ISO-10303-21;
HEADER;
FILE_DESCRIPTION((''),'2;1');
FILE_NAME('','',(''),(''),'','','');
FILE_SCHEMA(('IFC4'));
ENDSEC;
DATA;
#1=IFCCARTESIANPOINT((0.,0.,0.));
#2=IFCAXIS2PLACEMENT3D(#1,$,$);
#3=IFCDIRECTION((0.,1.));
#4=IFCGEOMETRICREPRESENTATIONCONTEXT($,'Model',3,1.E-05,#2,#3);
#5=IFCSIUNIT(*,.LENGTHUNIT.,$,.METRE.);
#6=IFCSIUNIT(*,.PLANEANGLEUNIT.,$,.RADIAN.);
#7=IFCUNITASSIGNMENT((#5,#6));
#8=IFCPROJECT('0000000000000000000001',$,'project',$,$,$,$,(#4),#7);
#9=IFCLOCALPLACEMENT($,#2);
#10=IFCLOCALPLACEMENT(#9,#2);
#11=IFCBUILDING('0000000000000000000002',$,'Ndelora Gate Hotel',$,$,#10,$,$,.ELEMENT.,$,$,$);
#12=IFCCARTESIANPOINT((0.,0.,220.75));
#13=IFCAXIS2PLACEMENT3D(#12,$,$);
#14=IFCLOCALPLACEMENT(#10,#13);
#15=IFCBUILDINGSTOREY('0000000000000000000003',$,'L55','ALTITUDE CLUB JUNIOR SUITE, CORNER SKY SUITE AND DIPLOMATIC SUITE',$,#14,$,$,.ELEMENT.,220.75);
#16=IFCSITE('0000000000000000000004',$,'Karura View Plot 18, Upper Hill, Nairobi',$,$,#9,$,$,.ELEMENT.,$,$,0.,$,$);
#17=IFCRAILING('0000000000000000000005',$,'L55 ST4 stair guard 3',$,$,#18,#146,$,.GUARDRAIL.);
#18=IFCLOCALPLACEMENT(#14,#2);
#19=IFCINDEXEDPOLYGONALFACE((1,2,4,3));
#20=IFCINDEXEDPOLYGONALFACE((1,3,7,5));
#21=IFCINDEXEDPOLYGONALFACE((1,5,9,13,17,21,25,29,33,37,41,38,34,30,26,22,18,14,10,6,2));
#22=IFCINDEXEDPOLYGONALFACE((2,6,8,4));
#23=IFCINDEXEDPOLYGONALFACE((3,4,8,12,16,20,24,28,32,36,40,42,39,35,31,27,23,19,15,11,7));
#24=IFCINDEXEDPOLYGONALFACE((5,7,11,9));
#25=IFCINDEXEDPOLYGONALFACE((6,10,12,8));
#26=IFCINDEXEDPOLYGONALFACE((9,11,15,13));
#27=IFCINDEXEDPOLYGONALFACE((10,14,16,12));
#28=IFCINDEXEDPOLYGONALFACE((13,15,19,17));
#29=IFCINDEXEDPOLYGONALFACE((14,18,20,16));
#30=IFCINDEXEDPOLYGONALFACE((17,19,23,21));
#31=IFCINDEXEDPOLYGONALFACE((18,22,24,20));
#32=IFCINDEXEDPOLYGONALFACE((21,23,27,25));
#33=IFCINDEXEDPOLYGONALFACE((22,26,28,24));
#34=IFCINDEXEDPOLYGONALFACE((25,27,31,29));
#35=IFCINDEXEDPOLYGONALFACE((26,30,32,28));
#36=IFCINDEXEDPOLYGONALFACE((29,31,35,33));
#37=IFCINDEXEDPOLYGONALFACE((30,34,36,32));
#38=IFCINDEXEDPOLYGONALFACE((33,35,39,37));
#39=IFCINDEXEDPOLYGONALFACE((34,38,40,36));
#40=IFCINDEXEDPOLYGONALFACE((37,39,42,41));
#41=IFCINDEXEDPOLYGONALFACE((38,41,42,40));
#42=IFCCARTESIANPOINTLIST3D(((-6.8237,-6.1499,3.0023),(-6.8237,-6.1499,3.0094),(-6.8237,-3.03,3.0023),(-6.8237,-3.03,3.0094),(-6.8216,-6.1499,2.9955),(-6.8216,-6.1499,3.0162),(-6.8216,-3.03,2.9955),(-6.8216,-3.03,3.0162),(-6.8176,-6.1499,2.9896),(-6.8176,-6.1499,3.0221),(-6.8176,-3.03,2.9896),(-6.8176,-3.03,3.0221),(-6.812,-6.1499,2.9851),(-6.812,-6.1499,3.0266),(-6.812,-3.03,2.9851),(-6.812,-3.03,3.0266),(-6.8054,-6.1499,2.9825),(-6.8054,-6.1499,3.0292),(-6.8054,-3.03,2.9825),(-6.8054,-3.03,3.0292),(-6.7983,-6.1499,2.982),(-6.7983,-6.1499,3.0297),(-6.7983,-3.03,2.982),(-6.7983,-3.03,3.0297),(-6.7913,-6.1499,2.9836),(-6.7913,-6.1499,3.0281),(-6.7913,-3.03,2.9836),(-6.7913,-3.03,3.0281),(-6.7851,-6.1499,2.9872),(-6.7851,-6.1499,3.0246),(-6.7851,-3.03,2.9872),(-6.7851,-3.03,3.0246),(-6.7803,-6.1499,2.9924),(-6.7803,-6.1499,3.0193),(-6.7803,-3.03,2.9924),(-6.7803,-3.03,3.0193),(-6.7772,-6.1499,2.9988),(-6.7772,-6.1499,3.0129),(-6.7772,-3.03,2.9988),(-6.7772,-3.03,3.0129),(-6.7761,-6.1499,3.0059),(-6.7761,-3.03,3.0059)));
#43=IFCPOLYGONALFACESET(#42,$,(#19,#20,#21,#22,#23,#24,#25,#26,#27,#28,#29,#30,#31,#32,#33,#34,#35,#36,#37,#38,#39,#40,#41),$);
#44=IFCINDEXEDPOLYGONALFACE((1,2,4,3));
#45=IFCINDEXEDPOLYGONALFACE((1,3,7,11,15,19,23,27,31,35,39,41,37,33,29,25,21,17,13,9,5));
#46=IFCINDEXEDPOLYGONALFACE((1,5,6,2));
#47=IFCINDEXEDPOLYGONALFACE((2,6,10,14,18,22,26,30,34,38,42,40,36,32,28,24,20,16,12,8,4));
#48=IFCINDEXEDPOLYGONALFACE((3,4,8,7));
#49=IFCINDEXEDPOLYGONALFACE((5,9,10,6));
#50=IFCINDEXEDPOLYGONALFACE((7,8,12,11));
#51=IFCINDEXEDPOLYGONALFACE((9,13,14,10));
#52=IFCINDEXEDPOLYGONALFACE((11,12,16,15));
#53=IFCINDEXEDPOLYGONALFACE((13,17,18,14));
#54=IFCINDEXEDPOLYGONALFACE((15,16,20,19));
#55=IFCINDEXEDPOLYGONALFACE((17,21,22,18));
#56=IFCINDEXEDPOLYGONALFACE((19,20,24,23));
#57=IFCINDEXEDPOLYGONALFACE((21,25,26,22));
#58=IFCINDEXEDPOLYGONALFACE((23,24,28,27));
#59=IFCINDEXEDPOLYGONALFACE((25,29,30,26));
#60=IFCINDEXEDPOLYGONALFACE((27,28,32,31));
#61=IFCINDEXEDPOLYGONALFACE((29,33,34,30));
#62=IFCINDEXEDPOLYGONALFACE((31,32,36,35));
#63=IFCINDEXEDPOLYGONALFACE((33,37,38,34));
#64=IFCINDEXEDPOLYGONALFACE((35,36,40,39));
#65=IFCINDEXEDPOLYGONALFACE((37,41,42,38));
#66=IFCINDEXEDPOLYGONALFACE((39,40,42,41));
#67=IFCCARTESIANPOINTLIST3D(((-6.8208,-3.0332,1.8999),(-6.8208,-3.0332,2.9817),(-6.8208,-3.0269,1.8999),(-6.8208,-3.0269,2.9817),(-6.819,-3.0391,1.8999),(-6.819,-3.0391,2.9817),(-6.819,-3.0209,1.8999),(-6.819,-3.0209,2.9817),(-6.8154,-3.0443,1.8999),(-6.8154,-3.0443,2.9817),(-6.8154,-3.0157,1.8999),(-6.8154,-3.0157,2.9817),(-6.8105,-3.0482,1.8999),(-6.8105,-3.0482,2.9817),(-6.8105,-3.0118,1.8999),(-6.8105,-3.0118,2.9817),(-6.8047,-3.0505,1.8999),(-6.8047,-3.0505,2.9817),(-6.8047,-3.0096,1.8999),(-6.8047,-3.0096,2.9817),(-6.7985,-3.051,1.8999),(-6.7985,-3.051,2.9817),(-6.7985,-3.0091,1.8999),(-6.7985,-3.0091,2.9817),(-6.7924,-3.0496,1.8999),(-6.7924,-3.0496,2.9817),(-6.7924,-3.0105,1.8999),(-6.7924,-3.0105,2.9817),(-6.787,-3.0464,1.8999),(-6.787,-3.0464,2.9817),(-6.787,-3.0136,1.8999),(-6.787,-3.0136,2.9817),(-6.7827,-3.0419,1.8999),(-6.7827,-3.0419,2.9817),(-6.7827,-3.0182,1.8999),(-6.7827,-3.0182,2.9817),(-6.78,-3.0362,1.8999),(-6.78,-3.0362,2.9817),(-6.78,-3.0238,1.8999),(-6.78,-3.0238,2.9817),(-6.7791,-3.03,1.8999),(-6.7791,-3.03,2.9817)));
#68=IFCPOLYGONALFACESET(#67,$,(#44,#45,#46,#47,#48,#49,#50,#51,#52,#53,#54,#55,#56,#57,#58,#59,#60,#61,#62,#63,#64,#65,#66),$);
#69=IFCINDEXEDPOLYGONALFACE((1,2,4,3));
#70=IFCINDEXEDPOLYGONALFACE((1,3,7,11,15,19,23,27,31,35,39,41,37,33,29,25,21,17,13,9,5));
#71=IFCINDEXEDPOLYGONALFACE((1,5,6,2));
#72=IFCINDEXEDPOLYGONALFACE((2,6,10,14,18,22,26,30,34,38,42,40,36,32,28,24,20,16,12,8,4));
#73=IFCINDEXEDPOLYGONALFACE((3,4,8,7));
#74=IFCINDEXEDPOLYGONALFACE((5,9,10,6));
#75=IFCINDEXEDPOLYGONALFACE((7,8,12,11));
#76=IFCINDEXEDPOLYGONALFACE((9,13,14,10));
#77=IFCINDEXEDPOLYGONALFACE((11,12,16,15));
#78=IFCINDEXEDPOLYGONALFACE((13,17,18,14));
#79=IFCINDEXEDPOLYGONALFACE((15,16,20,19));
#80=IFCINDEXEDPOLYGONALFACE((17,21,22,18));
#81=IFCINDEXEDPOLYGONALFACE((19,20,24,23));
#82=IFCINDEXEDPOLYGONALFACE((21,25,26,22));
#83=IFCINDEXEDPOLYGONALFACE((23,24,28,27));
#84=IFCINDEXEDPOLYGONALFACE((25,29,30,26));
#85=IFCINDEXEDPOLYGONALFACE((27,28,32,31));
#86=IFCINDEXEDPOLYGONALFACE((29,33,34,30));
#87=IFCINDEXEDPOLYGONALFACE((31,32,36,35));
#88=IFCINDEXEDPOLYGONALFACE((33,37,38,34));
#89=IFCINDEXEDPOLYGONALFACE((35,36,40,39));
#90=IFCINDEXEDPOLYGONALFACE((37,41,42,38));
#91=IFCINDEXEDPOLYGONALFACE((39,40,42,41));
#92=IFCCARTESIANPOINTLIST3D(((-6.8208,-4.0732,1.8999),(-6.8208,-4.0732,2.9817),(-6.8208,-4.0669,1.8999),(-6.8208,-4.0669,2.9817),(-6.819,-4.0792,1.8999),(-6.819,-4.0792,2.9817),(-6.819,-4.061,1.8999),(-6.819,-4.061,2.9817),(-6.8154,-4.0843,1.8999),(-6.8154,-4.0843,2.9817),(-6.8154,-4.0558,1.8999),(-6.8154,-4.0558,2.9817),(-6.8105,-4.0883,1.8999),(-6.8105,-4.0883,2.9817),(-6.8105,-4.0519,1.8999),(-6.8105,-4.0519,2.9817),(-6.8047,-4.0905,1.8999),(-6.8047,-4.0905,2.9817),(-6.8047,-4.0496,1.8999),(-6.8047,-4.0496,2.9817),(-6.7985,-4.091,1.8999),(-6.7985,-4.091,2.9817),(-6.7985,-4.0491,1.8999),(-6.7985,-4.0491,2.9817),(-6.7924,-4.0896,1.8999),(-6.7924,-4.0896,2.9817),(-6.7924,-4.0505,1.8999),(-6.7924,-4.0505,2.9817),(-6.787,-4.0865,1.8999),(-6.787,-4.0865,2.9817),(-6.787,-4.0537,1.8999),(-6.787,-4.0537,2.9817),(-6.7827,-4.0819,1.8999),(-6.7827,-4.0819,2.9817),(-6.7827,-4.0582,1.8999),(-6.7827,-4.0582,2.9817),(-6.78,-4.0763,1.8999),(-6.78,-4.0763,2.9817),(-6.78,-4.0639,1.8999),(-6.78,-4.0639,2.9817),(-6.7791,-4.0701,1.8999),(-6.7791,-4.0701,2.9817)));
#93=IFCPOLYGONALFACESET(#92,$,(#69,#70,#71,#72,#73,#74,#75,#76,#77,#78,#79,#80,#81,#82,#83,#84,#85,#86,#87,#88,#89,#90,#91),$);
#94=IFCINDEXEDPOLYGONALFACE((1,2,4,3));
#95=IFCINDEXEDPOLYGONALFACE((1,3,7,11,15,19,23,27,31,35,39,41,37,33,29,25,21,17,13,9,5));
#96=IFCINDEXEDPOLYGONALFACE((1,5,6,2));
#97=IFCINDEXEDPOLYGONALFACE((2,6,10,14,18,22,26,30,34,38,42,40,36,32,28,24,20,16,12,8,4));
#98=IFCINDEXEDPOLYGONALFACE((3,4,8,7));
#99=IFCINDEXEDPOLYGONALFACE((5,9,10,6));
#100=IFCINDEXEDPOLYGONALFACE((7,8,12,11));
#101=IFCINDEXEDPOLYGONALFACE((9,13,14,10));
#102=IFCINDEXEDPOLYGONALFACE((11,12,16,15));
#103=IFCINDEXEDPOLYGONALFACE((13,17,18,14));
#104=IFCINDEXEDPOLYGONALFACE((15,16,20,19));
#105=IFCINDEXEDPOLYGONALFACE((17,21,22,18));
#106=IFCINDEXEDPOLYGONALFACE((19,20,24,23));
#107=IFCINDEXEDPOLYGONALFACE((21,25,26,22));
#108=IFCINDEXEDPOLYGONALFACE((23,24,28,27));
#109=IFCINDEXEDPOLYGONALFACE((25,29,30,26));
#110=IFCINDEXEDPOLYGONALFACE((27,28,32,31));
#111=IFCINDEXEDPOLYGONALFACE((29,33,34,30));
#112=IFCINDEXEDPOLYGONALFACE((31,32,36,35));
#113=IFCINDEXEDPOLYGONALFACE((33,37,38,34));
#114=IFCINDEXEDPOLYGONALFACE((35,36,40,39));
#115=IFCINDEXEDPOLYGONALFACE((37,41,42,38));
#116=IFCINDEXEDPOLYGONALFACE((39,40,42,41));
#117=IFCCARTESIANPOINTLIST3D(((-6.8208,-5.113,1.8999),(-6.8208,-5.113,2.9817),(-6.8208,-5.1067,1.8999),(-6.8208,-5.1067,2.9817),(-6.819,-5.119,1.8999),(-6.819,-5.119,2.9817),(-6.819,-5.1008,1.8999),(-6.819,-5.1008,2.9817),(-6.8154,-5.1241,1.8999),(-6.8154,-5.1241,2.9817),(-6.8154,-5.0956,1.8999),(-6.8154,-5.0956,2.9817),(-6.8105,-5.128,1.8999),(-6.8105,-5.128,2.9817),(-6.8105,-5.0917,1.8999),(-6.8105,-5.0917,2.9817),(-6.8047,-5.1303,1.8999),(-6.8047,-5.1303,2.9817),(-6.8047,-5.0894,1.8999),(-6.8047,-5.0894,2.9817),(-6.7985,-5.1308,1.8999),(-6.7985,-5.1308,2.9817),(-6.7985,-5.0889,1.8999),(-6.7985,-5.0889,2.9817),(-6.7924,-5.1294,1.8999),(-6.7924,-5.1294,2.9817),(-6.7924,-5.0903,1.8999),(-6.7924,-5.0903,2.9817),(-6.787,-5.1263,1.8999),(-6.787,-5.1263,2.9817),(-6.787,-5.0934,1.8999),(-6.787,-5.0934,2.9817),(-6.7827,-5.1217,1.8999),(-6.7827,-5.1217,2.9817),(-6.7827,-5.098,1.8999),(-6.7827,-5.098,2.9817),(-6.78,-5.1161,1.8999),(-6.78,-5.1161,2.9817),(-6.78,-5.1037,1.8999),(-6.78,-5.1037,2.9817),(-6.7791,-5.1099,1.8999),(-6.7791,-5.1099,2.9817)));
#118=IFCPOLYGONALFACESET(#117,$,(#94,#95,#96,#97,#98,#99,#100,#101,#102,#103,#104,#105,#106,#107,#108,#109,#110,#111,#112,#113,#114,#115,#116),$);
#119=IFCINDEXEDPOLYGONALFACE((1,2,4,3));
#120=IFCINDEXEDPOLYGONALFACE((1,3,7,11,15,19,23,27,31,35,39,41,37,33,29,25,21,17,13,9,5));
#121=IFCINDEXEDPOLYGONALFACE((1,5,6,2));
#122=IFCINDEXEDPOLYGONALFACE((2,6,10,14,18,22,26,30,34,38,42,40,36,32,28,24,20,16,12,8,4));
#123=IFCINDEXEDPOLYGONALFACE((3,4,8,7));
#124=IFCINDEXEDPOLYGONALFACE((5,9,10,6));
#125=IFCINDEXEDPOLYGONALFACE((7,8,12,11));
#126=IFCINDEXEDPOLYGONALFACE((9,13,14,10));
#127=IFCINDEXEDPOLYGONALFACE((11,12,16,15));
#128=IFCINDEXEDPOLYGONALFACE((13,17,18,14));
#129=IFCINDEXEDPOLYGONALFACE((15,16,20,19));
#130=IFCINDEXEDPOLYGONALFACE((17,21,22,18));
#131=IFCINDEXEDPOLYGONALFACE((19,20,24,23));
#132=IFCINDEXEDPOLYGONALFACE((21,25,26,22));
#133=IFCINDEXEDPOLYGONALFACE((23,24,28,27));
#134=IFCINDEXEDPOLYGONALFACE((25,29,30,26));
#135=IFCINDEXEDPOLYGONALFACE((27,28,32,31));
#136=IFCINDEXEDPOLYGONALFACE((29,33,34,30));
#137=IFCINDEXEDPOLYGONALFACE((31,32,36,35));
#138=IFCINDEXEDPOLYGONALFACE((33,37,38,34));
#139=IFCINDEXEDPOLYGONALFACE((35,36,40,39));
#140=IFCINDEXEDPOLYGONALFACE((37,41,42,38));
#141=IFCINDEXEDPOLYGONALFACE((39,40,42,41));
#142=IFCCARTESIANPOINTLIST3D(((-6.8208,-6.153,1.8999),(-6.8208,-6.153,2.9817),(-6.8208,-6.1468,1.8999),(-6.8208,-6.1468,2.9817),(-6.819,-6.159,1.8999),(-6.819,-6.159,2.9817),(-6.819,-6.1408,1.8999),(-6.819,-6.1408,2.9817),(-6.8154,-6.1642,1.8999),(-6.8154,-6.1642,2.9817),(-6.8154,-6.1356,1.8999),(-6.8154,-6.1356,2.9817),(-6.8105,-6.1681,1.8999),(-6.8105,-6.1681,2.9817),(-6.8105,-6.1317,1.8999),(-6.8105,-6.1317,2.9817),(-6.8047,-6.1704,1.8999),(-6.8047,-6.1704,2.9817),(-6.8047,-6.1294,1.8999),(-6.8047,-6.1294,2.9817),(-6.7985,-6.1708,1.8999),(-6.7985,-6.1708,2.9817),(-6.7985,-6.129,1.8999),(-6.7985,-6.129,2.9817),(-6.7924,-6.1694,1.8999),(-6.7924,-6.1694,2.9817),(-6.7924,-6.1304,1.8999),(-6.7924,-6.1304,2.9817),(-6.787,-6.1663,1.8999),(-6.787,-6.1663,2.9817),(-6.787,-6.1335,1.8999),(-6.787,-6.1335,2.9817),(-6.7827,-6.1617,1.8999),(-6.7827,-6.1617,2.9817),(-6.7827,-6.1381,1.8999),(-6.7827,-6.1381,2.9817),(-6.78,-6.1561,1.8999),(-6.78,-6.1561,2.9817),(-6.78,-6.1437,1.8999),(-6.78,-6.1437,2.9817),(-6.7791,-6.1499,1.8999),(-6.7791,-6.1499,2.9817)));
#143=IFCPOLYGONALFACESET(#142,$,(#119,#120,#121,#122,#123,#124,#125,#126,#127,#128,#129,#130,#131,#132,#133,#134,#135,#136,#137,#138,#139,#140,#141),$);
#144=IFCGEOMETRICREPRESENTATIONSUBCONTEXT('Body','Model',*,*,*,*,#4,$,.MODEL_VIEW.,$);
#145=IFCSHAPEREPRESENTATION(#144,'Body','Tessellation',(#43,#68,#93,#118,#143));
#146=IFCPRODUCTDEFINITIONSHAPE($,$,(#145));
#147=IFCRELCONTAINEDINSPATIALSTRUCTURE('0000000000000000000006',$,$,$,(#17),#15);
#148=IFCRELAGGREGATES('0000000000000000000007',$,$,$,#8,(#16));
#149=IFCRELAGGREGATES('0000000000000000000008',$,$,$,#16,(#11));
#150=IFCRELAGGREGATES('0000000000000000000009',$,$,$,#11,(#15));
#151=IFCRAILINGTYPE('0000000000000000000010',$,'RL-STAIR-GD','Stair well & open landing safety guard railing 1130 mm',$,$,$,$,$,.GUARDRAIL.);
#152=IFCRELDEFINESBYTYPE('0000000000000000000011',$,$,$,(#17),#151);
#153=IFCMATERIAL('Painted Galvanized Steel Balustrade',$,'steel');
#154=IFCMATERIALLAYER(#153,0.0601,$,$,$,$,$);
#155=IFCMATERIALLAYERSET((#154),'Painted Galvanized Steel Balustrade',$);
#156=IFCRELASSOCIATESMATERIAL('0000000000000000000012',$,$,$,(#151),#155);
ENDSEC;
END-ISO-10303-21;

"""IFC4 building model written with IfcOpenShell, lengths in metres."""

from ifc_helpers import new_model, si_unit, direction, frame, origin, origin_2d, place, context, subcontext, project, spatial, circle, extrude, material, layer, layer_set, type_object, element, save


model = new_model("IFC4")

# Units and contexts
model_context = context("Model", 3, precision=1e-05, world=origin(), true_north=direction((0.0, 1.0)))
body_context = subcontext(model_context, "Body", "Model", "MODEL_VIEW")
ifc_project = project(units=[si_unit("LENGTHUNIT", "METRE"), si_unit("PLANEANGLEUNIT", "RADIAN")], contexts=[model_context])

# Site, building, storey
site_placement = place(None, origin())
site = spatial("IfcSite", under=ifc_project, at=site_placement, Name="Karura View Plot 18, Upper Hill, Nairobi", CompositionType="ELEMENT", RefElevation=0.0)
building_placement = place(site_placement, origin())
building = spatial("IfcBuilding", under=site, at=building_placement, Name="Ndelora Gate Hotel", CompositionType="ELEMENT")
storey_placement = place(building_placement, frame((0.0, 0.0, 220.75)))
storey = spatial("IfcBuildingStorey", under=building, at=storey_placement, Name="L55", Description="ALTITUDE CLUB JUNIOR SUITE, CORNER SKY SUITE AND DIPLOMATIC SUITE", CompositionType="ELEMENT", Elevation=220.75)

# Railing
ifc_material_1 = material(Name="Painted Galvanized Steel Balustrade", Category="steel")
ifc_layer_1 = layer(ifc_material_1, 0.0601)
ifc_layer_set_1 = layer_set([ifc_layer_1], Name="Painted Galvanized Steel Balustrade")
railing_type_1 = type_object("IfcRailingType", Name="RL-STAIR-GD", Description="Stair well & open landing safety guard railing 1130 mm", PredefinedType="GUARDRAIL", material=ifc_layer_set_1)
for number, where, name in (
    (1, (-6.8, -3.03, 1.8999), "L55 ST4 stair guard 3"),
):
    element("IfcRailing", number, at=place(storey_placement, frame(where)), inside=storey, type_object=railing_type_1, Name=name, PredefinedType="GUARDRAIL", context=body_context, shape_type="SweptSolid", body=[
        extrude(circle(Radius=0.0239, at=origin_2d()), frame((0.0, 0.0, 1.106), z_axis=(0.0, -1.0, 0.0), x_axis=(1.0, 0.0, 0.0)), (0.0, 0.0, 1.0), 3.1199),
        extrude(circle(Radius=0.021, at=origin_2d()), origin(), (0.0, 0.0, 1.0), 1.0818),
        extrude(circle(Radius=0.021, at=origin_2d()), frame((0.0, -1.04, 0.0)), (0.0, 0.0, 1.0), 1.0818),
        extrude(circle(Radius=0.021, at=origin_2d()), frame((0.0, -2.0798, 0.0)), (0.0, 0.0, 1.0), 1.0818),
        extrude(circle(Radius=0.021, at=origin_2d()), frame((0.0, -3.1199, 0.0)), (0.0, 0.0, 1.0), 1.0818),
    ])

save(model, "model.ifc")
